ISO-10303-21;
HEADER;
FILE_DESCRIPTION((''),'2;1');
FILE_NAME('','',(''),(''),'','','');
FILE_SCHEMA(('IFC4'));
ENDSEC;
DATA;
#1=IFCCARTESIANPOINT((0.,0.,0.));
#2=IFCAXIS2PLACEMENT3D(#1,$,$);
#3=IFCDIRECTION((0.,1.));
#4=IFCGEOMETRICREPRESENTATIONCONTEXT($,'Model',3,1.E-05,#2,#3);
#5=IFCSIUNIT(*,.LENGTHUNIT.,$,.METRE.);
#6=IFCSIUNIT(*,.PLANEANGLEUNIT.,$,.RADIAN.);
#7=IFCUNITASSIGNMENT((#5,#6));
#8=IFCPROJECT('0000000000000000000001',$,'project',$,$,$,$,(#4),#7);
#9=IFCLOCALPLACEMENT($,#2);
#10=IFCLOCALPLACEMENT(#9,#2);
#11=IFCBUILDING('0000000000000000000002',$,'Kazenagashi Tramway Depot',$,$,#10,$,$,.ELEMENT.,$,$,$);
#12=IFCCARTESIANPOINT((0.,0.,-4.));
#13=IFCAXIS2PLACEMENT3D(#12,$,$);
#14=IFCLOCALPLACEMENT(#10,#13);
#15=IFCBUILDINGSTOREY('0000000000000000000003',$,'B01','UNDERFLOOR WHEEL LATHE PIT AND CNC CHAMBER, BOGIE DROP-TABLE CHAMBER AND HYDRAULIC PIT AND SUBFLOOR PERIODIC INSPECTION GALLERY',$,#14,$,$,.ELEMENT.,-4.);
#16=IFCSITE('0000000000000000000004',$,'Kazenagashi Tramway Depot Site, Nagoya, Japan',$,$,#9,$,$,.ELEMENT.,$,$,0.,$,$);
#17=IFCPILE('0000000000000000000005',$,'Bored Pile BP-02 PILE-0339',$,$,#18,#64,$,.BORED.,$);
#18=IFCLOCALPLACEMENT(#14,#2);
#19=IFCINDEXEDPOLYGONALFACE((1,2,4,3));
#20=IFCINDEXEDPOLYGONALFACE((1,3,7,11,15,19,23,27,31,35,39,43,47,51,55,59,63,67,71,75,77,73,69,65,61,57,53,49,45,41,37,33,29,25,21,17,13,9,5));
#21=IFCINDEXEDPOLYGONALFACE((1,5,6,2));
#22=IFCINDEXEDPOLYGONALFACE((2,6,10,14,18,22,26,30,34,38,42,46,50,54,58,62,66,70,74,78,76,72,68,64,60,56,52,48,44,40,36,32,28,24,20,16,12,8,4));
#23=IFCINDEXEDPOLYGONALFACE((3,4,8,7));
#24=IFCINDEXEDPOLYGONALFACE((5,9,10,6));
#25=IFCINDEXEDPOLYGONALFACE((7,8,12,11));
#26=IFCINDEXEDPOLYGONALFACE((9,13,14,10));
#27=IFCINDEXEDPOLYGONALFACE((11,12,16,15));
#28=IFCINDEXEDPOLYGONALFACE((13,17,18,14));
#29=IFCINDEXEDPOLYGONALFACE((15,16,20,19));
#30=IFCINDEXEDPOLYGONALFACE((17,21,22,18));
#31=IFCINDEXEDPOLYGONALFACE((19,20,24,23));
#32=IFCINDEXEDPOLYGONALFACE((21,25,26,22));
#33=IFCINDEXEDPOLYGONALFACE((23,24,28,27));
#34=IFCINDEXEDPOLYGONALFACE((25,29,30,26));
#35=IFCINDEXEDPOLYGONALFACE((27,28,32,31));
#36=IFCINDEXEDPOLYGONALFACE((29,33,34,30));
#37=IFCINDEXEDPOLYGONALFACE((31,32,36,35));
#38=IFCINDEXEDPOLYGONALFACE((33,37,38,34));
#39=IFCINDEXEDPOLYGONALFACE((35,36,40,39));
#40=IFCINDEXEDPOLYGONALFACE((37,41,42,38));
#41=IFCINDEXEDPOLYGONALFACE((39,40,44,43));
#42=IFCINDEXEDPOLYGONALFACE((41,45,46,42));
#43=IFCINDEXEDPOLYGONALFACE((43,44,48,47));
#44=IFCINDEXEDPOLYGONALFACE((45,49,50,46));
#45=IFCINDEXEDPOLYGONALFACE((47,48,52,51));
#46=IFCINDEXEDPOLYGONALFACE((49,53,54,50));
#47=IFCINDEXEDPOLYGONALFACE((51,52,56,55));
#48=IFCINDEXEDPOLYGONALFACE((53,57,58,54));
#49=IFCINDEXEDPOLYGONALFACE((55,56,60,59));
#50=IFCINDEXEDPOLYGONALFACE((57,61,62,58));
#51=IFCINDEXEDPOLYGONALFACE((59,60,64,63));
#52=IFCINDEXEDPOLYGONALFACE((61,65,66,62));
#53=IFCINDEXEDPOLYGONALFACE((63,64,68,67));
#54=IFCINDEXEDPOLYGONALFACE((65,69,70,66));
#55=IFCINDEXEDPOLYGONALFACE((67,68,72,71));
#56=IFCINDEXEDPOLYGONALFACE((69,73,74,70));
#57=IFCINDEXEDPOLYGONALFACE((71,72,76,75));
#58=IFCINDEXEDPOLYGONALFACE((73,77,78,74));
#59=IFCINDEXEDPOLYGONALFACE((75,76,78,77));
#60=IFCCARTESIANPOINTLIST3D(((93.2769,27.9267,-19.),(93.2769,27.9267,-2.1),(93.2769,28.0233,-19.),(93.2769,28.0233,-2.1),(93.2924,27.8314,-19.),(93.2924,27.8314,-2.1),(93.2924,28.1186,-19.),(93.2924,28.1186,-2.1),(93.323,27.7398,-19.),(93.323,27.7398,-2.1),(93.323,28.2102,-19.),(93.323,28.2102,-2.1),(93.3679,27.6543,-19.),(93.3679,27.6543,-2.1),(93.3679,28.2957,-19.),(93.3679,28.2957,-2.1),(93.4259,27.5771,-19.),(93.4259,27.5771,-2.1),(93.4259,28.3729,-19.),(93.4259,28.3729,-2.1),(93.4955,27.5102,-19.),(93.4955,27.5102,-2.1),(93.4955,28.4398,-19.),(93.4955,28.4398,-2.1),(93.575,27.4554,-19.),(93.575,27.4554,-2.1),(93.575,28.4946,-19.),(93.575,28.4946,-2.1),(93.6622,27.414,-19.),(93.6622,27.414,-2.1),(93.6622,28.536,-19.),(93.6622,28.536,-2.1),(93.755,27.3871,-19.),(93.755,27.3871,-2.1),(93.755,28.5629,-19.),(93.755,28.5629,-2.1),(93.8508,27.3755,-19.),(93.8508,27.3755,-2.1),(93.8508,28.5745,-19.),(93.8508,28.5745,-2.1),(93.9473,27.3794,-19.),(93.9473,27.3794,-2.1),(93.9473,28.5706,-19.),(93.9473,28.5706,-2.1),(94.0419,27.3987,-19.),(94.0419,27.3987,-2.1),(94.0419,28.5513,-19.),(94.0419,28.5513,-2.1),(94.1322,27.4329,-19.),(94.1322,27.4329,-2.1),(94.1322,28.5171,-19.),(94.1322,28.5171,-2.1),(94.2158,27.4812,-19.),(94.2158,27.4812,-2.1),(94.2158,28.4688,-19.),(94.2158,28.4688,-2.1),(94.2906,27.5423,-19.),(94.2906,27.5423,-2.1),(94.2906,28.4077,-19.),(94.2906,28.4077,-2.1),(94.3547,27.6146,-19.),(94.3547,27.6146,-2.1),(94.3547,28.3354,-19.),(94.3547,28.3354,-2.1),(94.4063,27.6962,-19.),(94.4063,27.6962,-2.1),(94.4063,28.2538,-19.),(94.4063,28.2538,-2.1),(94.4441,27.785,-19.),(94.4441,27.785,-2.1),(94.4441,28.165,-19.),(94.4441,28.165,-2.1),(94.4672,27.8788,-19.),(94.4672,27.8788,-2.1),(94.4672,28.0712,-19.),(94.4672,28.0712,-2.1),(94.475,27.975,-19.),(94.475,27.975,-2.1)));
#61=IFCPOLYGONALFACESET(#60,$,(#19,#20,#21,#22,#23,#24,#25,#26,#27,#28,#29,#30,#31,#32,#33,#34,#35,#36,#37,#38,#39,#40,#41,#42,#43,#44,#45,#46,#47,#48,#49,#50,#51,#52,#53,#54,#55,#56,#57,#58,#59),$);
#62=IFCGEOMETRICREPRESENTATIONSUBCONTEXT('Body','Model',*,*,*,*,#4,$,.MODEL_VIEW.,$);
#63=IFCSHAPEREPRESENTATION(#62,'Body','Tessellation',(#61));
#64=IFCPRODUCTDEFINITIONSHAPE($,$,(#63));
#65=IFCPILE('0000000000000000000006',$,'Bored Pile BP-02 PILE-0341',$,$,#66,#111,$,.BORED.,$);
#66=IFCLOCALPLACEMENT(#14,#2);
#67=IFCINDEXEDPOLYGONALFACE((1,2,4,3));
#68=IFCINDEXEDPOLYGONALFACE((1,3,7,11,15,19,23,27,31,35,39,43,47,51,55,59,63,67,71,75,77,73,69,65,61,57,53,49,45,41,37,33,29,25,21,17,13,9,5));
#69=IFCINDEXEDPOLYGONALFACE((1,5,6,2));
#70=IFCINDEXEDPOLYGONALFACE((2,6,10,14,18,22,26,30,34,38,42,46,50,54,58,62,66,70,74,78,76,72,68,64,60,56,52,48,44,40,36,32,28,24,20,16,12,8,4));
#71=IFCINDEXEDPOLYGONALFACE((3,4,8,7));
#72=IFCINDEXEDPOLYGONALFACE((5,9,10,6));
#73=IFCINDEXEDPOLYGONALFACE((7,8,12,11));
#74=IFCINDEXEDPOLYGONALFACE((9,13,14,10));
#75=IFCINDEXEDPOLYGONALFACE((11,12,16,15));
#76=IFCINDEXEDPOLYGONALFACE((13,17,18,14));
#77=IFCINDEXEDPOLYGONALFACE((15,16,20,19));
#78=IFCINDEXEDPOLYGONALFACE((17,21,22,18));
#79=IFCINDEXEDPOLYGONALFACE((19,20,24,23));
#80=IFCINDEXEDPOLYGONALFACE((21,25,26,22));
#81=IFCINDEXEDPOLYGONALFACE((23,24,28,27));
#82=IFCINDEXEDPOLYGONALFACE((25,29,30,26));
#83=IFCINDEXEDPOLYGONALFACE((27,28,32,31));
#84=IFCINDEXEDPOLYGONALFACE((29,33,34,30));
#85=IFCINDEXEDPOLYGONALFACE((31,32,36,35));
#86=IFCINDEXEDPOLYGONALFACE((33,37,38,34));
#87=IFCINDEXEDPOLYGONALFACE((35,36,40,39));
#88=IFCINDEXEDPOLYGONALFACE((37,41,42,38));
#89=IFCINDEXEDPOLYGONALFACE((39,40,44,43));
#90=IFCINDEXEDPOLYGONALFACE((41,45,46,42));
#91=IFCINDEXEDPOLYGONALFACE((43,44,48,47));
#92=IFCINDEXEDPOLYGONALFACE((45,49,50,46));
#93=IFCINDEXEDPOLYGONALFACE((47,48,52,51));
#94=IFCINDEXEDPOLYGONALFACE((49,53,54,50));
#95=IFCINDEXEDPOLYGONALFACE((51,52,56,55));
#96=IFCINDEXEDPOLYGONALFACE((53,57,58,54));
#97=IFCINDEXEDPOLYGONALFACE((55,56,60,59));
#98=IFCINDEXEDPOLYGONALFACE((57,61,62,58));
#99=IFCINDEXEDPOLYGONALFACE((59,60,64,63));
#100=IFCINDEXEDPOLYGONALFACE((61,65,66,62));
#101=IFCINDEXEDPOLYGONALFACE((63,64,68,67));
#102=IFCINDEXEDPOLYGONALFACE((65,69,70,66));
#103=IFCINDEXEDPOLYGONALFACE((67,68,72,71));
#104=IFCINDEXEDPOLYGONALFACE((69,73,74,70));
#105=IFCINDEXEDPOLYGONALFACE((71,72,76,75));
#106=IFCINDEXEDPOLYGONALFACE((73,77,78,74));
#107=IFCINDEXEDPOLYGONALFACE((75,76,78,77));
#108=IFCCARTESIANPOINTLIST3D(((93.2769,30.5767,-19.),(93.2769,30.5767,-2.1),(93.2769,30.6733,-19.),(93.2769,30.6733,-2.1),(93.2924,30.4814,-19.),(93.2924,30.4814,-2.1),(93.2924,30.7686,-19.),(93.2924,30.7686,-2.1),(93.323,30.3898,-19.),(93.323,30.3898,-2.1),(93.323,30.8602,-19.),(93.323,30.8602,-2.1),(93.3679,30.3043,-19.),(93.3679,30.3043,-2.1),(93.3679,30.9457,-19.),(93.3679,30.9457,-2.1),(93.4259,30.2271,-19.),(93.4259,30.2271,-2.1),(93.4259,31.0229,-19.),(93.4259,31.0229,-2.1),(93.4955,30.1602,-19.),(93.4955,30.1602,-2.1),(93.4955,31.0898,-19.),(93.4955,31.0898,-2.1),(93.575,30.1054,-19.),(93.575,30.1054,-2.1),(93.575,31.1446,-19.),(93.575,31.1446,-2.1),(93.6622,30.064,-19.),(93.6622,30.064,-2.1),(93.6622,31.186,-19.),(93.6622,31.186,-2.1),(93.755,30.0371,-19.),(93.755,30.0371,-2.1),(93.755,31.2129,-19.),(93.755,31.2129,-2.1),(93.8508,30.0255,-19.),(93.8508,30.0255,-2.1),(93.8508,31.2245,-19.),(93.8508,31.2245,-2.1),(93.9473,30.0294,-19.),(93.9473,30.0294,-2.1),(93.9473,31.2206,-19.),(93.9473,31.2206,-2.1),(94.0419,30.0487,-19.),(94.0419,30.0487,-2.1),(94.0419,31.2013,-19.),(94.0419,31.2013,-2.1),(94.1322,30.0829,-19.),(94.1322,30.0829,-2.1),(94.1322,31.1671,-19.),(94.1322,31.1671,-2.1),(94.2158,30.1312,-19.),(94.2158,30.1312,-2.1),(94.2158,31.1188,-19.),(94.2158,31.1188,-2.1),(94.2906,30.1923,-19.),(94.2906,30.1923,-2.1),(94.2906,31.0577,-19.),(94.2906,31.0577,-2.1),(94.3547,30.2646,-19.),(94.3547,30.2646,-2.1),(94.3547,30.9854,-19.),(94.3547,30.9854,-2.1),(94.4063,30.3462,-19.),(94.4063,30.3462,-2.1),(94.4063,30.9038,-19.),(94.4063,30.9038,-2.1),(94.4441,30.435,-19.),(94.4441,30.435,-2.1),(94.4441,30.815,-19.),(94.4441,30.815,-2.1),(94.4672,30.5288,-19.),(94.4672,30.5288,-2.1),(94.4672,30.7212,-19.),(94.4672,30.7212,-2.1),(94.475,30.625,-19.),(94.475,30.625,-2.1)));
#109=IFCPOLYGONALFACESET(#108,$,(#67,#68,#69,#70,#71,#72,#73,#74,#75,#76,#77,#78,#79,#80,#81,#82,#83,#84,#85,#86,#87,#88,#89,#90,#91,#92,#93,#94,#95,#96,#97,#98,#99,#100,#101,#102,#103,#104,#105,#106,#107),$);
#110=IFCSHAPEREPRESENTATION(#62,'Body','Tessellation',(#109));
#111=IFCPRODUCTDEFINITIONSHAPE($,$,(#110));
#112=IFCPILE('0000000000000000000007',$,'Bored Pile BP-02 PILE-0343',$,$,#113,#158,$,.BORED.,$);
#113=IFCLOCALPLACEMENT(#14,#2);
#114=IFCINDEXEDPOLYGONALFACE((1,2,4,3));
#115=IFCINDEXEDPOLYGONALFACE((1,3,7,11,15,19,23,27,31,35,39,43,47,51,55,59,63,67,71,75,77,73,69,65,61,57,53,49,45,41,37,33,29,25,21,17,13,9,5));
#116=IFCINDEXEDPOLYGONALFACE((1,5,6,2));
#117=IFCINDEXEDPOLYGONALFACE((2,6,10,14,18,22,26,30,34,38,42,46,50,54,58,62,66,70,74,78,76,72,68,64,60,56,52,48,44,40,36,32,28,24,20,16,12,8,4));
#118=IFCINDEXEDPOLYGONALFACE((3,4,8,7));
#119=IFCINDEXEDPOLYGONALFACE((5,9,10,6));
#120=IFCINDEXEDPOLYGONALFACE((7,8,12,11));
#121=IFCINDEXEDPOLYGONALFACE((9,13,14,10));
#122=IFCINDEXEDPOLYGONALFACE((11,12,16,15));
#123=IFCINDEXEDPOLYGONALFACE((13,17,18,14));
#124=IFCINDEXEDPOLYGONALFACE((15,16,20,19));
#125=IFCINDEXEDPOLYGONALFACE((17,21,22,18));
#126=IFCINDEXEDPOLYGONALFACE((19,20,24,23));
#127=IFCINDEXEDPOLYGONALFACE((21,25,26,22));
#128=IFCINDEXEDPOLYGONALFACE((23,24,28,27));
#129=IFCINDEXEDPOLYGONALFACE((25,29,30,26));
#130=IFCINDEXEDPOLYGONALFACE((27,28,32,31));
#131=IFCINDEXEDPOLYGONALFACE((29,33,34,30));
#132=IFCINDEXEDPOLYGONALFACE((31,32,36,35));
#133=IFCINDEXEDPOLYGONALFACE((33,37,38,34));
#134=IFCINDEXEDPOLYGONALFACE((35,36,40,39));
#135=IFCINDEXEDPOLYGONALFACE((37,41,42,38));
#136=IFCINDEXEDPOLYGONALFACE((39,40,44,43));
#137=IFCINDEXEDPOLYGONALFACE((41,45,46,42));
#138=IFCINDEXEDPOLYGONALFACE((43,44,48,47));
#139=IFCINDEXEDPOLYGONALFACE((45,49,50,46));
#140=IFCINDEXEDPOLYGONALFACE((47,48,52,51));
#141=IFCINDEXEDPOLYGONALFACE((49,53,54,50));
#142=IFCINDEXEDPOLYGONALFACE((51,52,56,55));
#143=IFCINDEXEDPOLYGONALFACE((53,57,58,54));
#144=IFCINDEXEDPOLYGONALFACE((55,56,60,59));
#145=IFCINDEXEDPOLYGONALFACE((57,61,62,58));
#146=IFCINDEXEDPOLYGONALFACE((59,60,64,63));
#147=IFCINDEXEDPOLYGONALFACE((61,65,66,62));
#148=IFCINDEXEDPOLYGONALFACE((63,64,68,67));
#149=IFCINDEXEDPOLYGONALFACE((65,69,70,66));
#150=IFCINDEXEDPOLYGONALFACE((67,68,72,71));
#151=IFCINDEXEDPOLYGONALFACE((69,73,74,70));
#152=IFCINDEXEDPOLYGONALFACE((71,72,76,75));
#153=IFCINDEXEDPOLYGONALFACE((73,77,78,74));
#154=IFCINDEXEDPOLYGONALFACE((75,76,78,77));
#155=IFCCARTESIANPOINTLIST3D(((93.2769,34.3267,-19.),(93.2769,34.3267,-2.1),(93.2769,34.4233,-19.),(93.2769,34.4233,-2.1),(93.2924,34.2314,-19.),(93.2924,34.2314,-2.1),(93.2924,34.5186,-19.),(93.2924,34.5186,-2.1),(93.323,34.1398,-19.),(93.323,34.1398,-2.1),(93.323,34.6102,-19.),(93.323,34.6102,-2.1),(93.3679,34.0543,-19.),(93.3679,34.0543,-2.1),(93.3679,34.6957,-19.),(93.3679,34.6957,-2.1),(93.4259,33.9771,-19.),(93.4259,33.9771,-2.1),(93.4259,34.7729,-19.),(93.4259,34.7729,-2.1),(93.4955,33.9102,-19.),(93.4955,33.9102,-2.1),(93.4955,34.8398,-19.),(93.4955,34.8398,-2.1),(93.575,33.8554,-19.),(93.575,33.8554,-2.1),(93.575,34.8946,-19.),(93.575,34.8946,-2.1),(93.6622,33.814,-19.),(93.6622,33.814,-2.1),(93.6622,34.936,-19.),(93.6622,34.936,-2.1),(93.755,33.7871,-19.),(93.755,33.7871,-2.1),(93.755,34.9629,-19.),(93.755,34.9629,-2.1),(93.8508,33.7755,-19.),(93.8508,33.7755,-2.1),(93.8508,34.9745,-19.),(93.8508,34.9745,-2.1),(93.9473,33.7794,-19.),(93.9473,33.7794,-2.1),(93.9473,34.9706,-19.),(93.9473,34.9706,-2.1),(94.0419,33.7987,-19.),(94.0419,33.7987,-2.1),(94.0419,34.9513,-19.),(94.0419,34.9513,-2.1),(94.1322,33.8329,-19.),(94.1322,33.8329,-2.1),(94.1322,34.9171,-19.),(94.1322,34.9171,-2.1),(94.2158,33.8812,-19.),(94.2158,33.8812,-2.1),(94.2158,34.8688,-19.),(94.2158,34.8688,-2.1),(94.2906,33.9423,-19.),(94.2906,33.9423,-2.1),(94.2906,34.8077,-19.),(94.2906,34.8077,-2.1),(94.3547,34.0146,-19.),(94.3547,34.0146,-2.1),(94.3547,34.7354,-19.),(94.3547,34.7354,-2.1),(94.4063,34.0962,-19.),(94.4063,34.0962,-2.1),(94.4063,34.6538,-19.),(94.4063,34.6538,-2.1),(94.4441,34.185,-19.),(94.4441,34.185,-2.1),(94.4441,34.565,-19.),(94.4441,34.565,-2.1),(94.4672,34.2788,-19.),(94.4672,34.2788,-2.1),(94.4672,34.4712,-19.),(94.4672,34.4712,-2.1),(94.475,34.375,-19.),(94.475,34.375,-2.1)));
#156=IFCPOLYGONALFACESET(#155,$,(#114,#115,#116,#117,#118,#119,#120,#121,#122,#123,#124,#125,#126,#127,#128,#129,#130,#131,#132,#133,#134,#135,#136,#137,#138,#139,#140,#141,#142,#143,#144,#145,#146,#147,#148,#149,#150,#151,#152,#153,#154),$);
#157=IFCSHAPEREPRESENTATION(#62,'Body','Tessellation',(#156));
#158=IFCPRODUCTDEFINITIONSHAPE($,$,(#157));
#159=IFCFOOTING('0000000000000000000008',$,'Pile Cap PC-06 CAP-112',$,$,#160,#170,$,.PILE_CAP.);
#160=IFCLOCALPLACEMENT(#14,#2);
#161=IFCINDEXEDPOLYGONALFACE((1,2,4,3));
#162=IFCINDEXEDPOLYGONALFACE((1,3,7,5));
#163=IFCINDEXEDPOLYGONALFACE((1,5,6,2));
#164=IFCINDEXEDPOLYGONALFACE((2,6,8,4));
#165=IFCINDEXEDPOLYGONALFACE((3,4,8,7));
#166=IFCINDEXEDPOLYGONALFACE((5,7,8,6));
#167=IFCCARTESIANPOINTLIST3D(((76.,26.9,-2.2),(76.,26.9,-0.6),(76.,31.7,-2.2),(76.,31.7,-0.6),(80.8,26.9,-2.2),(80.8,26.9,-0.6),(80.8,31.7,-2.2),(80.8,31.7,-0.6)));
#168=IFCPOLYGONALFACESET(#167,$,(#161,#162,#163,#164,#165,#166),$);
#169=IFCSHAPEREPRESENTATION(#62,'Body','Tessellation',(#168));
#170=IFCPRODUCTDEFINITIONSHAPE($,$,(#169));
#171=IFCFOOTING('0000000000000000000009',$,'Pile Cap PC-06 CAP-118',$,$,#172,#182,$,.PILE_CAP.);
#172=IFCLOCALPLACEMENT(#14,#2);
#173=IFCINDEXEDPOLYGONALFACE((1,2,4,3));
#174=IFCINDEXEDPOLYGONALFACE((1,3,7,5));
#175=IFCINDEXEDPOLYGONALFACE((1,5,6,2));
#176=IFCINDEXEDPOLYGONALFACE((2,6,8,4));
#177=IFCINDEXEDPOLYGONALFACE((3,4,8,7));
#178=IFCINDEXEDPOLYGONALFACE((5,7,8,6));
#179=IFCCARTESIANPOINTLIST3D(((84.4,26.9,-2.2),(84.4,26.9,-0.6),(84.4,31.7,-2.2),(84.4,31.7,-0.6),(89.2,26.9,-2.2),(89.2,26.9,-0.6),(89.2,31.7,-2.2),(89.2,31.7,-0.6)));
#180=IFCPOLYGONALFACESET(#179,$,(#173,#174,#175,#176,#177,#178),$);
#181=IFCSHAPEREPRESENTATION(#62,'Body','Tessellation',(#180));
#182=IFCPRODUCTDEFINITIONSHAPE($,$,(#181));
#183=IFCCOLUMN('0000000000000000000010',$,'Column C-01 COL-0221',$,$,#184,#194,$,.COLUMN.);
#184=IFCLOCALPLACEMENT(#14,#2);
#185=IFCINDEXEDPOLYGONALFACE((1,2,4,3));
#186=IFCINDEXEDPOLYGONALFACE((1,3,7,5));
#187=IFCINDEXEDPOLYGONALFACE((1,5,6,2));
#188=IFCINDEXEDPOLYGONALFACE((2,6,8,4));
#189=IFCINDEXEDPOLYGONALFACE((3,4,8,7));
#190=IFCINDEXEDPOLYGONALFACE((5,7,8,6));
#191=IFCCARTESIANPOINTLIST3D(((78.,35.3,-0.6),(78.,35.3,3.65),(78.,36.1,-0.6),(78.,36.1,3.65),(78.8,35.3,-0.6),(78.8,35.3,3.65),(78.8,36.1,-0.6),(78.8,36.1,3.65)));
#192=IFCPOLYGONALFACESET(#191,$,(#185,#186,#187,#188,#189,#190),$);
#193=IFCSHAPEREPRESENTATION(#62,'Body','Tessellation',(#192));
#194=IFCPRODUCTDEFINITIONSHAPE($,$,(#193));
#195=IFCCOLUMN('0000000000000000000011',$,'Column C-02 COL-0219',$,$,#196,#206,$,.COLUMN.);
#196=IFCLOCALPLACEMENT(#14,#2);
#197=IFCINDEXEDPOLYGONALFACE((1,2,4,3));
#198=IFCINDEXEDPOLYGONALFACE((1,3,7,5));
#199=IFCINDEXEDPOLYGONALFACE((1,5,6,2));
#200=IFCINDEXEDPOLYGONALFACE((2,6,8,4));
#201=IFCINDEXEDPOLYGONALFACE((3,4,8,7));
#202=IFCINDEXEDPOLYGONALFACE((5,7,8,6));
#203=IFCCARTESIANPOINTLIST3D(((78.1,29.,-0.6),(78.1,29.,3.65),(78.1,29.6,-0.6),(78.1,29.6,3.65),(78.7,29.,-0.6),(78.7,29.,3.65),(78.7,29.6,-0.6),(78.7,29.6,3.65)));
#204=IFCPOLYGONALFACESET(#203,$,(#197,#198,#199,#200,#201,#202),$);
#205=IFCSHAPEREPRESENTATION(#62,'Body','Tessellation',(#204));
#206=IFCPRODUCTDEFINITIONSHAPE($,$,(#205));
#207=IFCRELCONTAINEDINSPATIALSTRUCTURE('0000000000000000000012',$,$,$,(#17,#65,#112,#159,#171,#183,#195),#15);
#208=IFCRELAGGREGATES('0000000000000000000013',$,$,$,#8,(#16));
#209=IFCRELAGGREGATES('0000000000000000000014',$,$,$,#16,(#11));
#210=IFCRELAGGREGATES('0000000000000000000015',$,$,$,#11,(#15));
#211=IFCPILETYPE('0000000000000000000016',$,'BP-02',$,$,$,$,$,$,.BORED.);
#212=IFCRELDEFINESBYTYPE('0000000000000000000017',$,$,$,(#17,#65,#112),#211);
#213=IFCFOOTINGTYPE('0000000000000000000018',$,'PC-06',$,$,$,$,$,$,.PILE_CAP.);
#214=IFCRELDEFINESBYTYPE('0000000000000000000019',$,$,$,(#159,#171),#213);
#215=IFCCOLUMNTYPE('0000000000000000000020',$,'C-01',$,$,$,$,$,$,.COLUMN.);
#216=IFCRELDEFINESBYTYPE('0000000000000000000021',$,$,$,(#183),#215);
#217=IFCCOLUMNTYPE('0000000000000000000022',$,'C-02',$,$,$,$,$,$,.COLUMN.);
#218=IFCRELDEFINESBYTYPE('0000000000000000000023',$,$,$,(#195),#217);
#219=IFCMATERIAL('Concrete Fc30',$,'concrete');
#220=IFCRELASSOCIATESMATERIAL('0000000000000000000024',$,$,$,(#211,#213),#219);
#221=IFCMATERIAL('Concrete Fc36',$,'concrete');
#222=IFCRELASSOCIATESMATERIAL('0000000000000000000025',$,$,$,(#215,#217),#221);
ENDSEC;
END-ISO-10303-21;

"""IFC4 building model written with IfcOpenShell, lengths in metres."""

from ifc_helpers import new_model, si_unit, direction, frame, origin, origin_2d, place, context, subcontext, project, spatial, rectangle, circle, extrude, material, material_profile, profile_set, type_object, element, save


model = new_model("IFC4")

# Units and contexts
model_context = context("Model", 3, precision=1e-05, world=origin(), true_north=direction((0.0, 1.0)))
body_context = subcontext(model_context, "Body", "Model", "MODEL_VIEW")
ifc_project = project(units=[si_unit("LENGTHUNIT", "METRE"), si_unit("PLANEANGLEUNIT", "RADIAN")], contexts=[model_context])

# Site, building, storey
site_placement = place(None, origin())
site = spatial("IfcSite", under=ifc_project, at=site_placement, Name="Kazenagashi Tramway Depot Site, Nagoya, Japan", CompositionType="ELEMENT", RefElevation=0.0)
building_placement = place(site_placement, origin())
building = spatial("IfcBuilding", under=site, at=building_placement, Name="Kazenagashi Tramway Depot", CompositionType="ELEMENT")
storey_placement = place(building_placement, frame((0.0, 0.0, -4.0)))
storey = spatial("IfcBuildingStorey", under=building, at=storey_placement, Name="B01", Description="UNDERFLOOR WHEEL LATHE PIT AND CNC CHAMBER, BOGIE DROP-TABLE CHAMBER AND HYDRAULIC PIT AND SUBFLOOR PERIODIC INSPECTION GALLERY", CompositionType="ELEMENT", Elevation=-4.0)

# Piles
ifc_material_1 = material(Name="Concrete Fc30", Category="concrete")
ifc_material_profile_1 = material_profile(ifc_material_1, circle(Radius=0.6, at=origin_2d()), Name="PILE-1200")
ifc_profile_set_1 = profile_set([ifc_material_profile_1], Name="Concrete Fc30")
pile_type = type_object("IfcPileType", Name="BP-02", PredefinedType="BORED", material=ifc_profile_set_1)
for number, where, z_axis, x_axis, name in (
    (1, (93.875, 27.975, -2.1), (0.0, 0.0, -1.0), (1.0, 0.0, 0.0), "Bored Pile BP-02 PILE-0339"),
    (2, (93.875, 30.625, -2.1), (0.0, 0.0, -1.0), (1.0, 0.0, 0.0), "Bored Pile BP-02 PILE-0341"),
    (3, (93.875, 34.375, -2.1), (0.0, 0.0, -1.0), (1.0, 0.0, 0.0), "Bored Pile BP-02 PILE-0343"),
):
    element("IfcPile", number, at=place(storey_placement, frame(where, z_axis=z_axis, x_axis=x_axis)), inside=storey, type_object=pile_type, Name=name, PredefinedType="BORED", context=body_context, shape_type="SweptSolid", body=[
        extrude(circle(Radius=0.6, at=origin_2d()), origin(), (0.0, 0.0, 1.0), 16.9),
    ])

# Footings
footing_type = type_object("IfcFootingType", Name="PC-06", PredefinedType="PILE_CAP", material=ifc_material_1)
for number, where, z_axis, x_axis, name in (
    (4, (78.4, 29.3, -2.2), (0.0, 0.0, 1.0), (1.0, 0.0, 0.0), "Pile Cap PC-06 CAP-112"),
    (5, (86.8, 29.3, -2.2), (0.0, 0.0, 1.0), (1.0, 0.0, 0.0), "Pile Cap PC-06 CAP-118"),
):
    element("IfcFooting", number, at=place(storey_placement, frame(where, z_axis=z_axis, x_axis=x_axis)), inside=storey, type_object=footing_type, Name=name, PredefinedType="PILE_CAP", context=body_context, shape_type="SweptSolid", body=[
        extrude(rectangle(XDim=4.8, YDim=4.8, at=origin_2d()), origin(), (0.0, 0.0, 1.0), 1.6),
    ])

# Columns
ifc_material_2 = material(Name="Concrete Fc36", Category="concrete")
ifc_material_profile_2 = material_profile(ifc_material_2, rectangle(XDim=0.8, YDim=0.8, at=origin_2d()), Name="RC-800x800")
ifc_profile_set_2 = profile_set([ifc_material_profile_2], Name="Concrete Fc36")
column_type_1 = type_object("IfcColumnType", Name="C-01", PredefinedType="COLUMN", material=ifc_profile_set_2)
column_placement = place(storey_placement, frame((78.4, 35.7, -0.6), z_axis=(0.0, 0.0, 1.0), x_axis=(1.0, 0.0, 0.0)))
element("IfcColumn", 6, at=column_placement, inside=storey, type_object=column_type_1, Name="Column C-01 COL-0221", PredefinedType="COLUMN", context=body_context, shape_type="SweptSolid", body=[
    extrude(rectangle(XDim=0.8, YDim=0.8, at=origin_2d()), origin(), (0.0, 0.0, 1.0), 4.25),
])
ifc_material_profile_3 = material_profile(ifc_material_2, rectangle(XDim=0.6, YDim=0.6, at=origin_2d()), Name="RC-600x600")
ifc_profile_set_3 = profile_set([ifc_material_profile_3], Name="Concrete Fc36")
column_type_2 = type_object("IfcColumnType", Name="C-02", PredefinedType="COLUMN", material=ifc_profile_set_3)
for number, where, z_axis, x_axis, name in (
    (7, (78.4, 29.3, -0.6), (0.0, 0.0, 1.0), (1.0, 0.0, 0.0), "Column C-02 COL-0219"),
):
    element("IfcColumn", number, at=place(storey_placement, frame(where, z_axis=z_axis, x_axis=x_axis)), inside=storey, type_object=column_type_2, Name=name, PredefinedType="COLUMN", context=body_context, shape_type="SweptSolid", body=[
        extrude(rectangle(XDim=0.6, YDim=0.6, at=origin_2d()), origin(), (0.0, 0.0, 1.0), 4.25),
    ])

save(model, "model.ifc")
